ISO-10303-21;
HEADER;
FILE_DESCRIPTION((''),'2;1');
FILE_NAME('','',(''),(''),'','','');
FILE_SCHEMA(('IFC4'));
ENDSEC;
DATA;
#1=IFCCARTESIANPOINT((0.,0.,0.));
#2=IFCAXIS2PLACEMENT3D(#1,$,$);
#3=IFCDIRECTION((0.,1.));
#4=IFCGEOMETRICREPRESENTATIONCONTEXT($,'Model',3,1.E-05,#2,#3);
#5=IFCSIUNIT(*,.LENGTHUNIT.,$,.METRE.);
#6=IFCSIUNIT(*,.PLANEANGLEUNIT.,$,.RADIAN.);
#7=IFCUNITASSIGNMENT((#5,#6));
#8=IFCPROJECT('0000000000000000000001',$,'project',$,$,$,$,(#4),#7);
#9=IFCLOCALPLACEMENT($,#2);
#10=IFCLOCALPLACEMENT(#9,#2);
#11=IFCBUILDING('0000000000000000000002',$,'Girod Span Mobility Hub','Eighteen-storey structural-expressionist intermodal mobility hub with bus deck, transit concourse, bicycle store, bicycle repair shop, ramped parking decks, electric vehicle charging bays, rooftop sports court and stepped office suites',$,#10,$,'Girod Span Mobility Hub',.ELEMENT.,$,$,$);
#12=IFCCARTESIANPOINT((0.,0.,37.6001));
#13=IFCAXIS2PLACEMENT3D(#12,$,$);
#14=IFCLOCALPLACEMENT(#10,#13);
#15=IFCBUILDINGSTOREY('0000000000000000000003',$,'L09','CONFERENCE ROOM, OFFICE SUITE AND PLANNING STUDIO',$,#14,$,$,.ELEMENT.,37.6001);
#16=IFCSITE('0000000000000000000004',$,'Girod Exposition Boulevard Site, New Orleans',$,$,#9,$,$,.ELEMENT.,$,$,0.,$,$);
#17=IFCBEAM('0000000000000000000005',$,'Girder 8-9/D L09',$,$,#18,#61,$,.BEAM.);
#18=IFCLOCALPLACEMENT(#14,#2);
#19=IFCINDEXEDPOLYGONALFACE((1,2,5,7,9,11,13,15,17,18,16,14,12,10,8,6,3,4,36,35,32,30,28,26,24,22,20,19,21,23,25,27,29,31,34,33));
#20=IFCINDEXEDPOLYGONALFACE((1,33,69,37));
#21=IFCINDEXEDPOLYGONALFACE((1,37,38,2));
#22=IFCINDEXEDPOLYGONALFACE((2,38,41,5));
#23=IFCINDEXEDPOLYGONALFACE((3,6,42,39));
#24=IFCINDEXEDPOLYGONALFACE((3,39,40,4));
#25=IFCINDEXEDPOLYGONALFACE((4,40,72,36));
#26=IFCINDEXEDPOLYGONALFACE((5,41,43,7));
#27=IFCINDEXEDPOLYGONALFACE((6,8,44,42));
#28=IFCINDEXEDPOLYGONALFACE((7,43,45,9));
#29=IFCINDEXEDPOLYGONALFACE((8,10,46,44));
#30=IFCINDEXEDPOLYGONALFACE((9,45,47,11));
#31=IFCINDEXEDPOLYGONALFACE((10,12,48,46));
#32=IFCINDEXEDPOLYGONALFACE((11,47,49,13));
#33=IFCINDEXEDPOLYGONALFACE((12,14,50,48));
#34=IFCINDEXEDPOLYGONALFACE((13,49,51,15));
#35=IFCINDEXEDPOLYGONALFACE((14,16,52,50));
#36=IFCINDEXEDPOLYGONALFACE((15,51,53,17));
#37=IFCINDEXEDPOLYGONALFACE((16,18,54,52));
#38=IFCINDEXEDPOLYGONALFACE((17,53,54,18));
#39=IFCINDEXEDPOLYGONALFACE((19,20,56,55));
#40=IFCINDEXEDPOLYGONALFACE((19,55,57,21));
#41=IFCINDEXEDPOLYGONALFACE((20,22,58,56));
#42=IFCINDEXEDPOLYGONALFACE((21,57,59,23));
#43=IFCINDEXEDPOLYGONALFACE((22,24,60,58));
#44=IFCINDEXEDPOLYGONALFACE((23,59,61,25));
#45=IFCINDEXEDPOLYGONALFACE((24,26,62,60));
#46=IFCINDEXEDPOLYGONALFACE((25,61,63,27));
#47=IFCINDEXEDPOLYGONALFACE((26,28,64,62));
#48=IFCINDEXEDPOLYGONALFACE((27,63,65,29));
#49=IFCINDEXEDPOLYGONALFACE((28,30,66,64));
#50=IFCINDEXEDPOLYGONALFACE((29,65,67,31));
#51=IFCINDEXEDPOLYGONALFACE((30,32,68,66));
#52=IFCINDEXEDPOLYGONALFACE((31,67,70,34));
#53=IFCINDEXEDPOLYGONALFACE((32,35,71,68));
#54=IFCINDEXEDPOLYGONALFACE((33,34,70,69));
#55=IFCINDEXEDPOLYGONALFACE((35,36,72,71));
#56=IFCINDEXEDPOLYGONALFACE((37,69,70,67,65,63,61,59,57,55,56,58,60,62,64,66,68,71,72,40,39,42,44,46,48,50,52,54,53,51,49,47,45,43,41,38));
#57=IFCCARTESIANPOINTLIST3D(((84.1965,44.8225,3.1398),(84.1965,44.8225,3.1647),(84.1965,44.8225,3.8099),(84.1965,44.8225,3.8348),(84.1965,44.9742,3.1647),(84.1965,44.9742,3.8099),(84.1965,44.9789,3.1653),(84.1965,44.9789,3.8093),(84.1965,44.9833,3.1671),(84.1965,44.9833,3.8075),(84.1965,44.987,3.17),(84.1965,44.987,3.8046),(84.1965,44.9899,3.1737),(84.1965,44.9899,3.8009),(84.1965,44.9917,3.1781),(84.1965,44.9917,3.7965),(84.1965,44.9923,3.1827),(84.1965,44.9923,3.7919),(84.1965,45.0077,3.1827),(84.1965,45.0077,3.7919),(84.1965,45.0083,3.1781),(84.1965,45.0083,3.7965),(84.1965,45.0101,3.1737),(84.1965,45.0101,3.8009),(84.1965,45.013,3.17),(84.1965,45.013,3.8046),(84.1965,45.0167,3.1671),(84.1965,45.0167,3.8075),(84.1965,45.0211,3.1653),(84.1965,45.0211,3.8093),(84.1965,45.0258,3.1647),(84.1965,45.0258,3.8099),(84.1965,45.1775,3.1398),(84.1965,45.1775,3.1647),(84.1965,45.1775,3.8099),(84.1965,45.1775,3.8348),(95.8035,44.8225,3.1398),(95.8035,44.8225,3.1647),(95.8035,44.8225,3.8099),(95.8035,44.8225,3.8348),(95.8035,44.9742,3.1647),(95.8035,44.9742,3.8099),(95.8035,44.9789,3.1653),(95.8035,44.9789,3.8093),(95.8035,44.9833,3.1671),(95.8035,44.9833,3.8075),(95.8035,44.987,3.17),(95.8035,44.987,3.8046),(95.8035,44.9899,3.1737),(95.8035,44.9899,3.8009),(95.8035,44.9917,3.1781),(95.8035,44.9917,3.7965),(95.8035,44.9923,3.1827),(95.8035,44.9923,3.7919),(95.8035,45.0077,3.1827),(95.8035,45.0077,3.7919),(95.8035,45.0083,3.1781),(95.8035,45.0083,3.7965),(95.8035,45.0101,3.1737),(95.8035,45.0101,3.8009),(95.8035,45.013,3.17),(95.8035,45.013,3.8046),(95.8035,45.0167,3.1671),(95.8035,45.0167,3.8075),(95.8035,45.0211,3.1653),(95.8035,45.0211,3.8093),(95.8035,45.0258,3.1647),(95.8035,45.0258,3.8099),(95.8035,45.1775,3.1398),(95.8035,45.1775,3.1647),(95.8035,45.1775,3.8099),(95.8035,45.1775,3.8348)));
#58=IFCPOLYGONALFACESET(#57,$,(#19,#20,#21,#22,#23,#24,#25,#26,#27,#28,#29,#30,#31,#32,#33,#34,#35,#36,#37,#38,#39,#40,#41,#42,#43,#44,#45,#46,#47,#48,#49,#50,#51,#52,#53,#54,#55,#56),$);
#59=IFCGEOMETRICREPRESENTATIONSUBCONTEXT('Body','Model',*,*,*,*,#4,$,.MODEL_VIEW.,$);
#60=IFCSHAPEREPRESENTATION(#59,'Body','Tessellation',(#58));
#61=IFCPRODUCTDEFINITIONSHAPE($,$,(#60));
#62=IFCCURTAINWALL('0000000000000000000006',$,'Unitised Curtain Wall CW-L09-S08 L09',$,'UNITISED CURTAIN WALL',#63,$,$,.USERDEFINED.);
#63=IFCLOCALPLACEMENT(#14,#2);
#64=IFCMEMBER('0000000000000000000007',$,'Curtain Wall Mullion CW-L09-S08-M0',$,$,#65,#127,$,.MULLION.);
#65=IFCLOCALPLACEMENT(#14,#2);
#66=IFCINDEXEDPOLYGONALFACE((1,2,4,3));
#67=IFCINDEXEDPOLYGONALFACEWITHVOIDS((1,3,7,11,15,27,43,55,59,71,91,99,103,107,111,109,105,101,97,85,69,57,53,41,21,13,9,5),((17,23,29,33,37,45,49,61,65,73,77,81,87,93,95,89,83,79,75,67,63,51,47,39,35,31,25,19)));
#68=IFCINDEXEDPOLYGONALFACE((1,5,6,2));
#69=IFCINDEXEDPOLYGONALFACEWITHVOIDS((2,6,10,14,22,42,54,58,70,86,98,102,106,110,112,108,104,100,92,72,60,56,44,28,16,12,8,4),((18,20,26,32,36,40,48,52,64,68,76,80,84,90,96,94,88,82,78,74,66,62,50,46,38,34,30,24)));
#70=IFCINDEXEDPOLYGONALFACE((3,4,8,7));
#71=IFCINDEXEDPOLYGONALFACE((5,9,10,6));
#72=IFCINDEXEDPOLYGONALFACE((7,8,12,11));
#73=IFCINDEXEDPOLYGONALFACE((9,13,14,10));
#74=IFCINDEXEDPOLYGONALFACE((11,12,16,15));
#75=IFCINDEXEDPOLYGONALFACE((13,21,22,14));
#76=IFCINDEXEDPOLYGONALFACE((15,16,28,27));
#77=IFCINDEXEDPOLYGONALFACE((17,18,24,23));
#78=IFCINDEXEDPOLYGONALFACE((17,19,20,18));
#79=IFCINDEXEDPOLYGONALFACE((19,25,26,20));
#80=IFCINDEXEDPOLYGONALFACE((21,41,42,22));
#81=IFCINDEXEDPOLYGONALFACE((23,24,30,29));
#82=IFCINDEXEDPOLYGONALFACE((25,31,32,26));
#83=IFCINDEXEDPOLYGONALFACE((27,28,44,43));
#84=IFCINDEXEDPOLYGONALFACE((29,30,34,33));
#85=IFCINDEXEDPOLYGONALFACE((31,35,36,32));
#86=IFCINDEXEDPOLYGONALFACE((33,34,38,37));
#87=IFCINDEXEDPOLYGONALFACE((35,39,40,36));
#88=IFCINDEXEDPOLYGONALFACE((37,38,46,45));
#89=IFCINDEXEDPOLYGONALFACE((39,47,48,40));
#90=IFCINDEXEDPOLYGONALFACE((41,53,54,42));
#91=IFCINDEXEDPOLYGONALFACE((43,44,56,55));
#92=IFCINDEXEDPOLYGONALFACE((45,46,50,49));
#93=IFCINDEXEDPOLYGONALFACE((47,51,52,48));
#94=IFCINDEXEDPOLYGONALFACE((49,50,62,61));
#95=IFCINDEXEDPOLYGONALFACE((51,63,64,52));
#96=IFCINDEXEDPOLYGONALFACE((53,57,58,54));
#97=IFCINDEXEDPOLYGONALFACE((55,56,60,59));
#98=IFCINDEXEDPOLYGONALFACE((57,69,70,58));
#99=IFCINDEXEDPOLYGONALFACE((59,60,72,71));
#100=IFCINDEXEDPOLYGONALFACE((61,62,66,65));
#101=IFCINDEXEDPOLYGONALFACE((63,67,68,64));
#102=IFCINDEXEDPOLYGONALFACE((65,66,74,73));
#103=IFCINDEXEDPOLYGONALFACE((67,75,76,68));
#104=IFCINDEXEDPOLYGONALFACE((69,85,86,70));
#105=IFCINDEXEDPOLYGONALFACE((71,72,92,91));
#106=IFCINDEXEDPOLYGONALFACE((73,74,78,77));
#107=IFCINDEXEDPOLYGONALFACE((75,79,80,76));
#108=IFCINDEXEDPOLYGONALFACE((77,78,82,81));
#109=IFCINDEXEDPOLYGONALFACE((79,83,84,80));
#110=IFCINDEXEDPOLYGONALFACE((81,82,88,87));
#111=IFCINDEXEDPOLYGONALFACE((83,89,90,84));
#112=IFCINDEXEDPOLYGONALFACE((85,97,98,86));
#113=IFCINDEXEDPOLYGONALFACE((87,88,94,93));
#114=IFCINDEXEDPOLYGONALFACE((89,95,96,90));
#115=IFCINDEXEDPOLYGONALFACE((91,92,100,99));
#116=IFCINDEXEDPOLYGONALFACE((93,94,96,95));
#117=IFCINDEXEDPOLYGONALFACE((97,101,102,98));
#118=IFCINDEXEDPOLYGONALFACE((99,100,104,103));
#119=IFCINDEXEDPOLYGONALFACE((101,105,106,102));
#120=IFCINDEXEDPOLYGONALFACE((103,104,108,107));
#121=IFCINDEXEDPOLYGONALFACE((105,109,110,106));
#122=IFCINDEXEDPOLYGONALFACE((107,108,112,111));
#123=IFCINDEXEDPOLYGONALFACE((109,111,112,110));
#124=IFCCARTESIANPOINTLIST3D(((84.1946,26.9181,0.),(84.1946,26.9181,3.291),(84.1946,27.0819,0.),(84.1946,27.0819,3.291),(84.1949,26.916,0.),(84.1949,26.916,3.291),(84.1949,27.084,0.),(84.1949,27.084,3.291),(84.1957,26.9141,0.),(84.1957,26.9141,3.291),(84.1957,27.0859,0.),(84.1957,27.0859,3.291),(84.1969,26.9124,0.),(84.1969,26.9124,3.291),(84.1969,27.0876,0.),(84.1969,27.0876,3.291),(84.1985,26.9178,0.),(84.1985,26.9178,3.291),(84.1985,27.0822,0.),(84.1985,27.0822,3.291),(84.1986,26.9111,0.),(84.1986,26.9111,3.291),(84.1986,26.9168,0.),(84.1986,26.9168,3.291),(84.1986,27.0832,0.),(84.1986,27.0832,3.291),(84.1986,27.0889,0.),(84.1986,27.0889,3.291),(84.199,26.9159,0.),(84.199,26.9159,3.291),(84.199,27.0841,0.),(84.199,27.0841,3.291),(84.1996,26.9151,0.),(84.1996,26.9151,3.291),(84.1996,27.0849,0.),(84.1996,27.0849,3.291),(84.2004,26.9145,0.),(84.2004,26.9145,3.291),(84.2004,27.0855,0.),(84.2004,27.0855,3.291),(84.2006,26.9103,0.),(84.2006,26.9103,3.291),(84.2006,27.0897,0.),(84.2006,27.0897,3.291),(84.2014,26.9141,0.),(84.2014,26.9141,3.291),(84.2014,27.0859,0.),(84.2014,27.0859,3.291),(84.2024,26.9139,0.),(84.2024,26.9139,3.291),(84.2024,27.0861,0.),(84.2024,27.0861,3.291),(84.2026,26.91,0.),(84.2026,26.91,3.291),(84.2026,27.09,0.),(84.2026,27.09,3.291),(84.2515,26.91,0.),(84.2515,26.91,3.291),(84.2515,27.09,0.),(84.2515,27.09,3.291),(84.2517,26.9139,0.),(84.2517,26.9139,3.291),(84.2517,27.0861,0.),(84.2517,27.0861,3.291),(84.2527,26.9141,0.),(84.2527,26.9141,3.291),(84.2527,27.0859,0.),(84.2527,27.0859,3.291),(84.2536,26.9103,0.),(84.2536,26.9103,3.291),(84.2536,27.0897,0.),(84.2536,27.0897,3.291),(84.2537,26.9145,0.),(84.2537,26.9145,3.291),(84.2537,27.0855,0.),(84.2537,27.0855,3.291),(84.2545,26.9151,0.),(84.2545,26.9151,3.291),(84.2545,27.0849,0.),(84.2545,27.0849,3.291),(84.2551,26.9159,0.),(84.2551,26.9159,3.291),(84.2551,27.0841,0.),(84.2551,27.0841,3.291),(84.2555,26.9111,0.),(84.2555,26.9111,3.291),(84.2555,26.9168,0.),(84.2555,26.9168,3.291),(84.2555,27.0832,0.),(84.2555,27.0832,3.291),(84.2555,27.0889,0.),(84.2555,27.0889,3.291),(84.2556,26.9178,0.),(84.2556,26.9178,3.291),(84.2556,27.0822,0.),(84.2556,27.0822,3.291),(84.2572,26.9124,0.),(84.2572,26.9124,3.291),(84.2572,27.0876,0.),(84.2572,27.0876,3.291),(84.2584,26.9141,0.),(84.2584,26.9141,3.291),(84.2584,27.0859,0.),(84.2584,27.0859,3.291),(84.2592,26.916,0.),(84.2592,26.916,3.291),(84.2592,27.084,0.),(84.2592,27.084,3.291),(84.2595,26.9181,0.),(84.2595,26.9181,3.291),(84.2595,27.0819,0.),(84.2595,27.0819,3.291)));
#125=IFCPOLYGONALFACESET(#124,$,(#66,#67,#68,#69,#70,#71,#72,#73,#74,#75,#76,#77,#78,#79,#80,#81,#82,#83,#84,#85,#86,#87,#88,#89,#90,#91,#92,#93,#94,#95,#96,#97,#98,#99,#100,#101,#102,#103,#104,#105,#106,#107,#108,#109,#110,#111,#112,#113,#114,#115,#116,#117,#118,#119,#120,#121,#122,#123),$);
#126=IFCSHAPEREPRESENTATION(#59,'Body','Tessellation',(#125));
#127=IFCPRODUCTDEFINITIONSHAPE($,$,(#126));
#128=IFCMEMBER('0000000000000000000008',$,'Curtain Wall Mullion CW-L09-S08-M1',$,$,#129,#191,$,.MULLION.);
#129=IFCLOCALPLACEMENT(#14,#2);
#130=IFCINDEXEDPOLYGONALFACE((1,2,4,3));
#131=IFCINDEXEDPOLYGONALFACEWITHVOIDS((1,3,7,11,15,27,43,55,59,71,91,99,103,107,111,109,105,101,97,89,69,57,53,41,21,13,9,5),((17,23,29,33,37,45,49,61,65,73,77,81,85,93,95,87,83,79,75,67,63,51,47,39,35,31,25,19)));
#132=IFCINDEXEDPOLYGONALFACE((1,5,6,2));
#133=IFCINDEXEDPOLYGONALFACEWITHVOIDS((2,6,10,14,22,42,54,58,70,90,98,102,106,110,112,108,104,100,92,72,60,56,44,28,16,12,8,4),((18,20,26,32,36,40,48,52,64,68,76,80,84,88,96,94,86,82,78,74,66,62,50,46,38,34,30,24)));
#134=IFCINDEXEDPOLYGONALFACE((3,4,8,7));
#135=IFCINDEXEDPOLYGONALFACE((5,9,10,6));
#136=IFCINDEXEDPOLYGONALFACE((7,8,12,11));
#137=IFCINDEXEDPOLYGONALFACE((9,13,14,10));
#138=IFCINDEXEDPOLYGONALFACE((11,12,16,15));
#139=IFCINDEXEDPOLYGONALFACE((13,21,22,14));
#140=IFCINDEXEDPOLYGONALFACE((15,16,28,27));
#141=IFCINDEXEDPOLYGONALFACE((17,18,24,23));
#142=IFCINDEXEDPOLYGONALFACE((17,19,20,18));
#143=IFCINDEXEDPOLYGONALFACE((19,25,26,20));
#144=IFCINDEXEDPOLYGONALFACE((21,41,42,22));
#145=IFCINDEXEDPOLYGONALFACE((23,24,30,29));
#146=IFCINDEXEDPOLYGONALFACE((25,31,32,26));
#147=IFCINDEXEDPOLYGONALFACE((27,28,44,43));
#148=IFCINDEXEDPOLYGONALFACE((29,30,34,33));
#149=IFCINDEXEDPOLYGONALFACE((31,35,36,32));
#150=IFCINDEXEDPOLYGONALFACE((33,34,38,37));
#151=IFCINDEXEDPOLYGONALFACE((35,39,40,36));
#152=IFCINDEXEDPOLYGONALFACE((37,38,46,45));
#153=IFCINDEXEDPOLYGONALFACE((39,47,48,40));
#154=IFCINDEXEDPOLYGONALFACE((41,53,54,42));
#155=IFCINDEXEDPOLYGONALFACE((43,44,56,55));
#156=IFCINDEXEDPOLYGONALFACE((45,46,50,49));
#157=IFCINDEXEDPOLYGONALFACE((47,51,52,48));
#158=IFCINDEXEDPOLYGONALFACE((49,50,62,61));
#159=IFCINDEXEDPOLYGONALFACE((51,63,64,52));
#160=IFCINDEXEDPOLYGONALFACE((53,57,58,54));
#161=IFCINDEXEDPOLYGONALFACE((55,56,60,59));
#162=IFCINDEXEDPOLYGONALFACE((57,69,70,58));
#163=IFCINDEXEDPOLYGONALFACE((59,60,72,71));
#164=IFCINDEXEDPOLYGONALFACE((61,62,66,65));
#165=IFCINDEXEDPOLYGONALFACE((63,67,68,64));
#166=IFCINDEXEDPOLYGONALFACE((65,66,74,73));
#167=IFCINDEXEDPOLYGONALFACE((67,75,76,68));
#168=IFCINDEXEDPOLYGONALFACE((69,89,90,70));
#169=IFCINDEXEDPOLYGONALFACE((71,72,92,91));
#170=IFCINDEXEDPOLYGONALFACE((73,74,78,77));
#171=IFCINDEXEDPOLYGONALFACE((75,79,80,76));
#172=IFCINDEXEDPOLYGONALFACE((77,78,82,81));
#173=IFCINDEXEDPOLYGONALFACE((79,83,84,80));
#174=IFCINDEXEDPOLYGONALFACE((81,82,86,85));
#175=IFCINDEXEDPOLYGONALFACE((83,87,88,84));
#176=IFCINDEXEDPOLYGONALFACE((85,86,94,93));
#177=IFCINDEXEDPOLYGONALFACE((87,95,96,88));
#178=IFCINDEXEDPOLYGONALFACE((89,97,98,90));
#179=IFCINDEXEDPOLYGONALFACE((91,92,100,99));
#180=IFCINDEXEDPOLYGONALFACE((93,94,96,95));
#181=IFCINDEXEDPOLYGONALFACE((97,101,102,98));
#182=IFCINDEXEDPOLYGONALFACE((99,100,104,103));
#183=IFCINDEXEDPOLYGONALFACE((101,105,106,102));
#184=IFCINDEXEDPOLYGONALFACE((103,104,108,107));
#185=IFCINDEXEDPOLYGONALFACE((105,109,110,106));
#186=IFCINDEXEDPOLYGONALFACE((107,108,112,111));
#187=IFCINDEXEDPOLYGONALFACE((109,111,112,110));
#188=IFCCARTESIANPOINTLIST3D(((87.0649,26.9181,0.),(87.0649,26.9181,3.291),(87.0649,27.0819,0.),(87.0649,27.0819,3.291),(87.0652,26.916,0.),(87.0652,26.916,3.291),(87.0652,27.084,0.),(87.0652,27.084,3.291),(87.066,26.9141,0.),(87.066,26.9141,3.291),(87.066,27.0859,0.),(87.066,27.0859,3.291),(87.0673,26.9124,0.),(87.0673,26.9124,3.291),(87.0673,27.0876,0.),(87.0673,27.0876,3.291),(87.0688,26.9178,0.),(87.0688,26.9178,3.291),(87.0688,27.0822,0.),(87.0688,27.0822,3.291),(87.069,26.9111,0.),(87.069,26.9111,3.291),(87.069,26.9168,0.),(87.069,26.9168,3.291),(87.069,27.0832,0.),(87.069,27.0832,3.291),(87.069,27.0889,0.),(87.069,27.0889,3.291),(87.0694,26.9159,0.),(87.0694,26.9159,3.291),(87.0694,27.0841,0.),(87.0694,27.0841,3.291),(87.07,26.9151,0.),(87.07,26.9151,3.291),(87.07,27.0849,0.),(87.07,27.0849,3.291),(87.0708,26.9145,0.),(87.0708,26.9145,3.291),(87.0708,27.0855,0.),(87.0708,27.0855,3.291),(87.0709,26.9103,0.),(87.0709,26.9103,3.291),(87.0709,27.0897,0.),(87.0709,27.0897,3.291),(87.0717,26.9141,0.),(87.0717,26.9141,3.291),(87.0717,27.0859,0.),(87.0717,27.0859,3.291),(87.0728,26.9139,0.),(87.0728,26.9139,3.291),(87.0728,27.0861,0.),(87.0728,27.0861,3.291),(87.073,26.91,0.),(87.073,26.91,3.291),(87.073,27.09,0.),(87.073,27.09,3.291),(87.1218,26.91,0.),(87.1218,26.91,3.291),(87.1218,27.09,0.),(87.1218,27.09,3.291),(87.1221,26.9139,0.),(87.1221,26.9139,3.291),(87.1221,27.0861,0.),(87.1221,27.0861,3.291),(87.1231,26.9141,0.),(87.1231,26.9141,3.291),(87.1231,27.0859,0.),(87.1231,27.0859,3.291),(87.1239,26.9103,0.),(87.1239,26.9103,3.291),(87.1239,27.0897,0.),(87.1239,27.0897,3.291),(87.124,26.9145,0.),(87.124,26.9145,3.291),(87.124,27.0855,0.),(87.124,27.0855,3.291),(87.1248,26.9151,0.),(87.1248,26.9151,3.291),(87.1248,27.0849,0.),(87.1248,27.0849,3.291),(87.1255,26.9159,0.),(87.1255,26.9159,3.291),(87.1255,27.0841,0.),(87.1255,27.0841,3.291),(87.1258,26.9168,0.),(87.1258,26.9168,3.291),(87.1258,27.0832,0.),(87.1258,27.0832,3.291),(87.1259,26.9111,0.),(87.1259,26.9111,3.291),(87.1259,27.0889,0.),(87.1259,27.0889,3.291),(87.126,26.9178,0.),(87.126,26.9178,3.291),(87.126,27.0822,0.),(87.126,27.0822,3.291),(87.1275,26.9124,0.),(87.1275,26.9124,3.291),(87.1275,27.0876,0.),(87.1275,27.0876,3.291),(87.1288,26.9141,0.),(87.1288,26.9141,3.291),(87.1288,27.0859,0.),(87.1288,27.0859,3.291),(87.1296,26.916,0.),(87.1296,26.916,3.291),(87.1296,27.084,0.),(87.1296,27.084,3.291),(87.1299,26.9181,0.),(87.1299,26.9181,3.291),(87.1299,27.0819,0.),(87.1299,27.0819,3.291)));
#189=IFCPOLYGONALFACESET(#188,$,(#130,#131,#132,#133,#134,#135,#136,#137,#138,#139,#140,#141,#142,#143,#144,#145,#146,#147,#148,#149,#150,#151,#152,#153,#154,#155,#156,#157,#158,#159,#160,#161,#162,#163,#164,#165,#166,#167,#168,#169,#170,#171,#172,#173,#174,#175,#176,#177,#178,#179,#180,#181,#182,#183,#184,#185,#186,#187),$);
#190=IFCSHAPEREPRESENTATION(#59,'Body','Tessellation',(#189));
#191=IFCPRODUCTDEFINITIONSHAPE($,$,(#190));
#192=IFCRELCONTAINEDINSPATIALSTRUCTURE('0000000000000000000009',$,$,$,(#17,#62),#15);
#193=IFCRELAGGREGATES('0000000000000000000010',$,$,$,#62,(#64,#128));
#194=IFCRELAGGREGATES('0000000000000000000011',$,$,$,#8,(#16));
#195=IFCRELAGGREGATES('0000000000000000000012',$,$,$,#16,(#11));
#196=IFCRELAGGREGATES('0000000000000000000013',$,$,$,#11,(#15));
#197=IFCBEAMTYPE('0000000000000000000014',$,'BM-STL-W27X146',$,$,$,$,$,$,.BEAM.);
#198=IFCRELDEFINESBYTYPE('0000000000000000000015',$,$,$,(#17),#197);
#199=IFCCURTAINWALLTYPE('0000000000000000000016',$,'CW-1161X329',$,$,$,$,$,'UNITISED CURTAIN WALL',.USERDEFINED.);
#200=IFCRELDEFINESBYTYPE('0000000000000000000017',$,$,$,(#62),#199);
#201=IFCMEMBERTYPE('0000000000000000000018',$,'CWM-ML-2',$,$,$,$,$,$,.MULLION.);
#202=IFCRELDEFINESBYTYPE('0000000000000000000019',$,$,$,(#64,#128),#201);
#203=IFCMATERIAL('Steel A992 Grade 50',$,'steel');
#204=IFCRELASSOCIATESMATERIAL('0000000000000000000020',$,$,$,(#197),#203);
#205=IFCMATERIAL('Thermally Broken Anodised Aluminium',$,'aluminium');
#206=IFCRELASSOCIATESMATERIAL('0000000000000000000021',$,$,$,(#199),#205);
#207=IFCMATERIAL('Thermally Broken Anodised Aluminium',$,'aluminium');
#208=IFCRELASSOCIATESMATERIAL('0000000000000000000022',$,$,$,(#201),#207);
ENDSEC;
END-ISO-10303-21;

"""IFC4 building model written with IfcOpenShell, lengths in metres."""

from ifc_helpers import new_model, si_unit, direction, frame, origin, origin_2d, place, context, subcontext, project, spatial, hollow_rectangle, i_section, extrude, material, material_profile, profile_set, type_object, element, aggregate, save


model = new_model("IFC4")

# Units and contexts
model_context = context("Model", 3, precision=1e-05, world=origin(), true_north=direction((0.0, 1.0)))
body_context = subcontext(model_context, "Body", "Model", "MODEL_VIEW")
ifc_project = project(units=[si_unit("LENGTHUNIT", "METRE"), si_unit("PLANEANGLEUNIT", "RADIAN")], contexts=[model_context])

# Site, building, storey
site_placement = place(None, origin())
site = spatial("IfcSite", under=ifc_project, at=site_placement, Name="Girod Exposition Boulevard Site, New Orleans", CompositionType="ELEMENT", RefElevation=0.0)
building_placement = place(site_placement, origin())
building = spatial("IfcBuilding", under=site, at=building_placement, Name="Girod Span Mobility Hub", Description="Eighteen-storey structural-expressionist intermodal mobility hub with bus deck, transit concourse, bicycle store, bicycle repair shop, ramped parking decks, electric vehicle charging bays, rooftop sports court and stepped office suites", LongName="Girod Span Mobility Hub", CompositionType="ELEMENT")
storey_placement = place(building_placement, frame((0.0, 0.0, 37.6001)))
storey = spatial("IfcBuildingStorey", under=building, at=storey_placement, Name="L09", Description="CONFERENCE ROOM, OFFICE SUITE AND PLANNING STUDIO", CompositionType="ELEMENT", Elevation=37.6001)

# Beam
ifc_material_1 = material(Name="Steel A992 Grade 50", Category="steel")
ifc_material_profile_1 = material_profile(ifc_material_1, i_section(OverallWidth=0.355, OverallDepth=0.6951, WebThickness=0.0154, FlangeThickness=0.0249, FilletRadius=0.0181, at=origin_2d()), Name="W27X146")
ifc_profile_set_1 = profile_set([ifc_material_profile_1], Name="Steel A992 Grade 50")
beam_type_1 = type_object("IfcBeamType", Name="BM-STL-W27X146", PredefinedType="BEAM", material=ifc_profile_set_1)
beam_1_placement = place(storey_placement, frame((84.1965, 45.0, 3.4873), z_axis=(1.0, 0.0, 0.0), x_axis=(0.0, 1.0, 0.0)))
element("IfcBeam", 1, at=beam_1_placement, inside=storey, type_object=beam_type_1, Name="Girder 8-9/D L09", PredefinedType="BEAM", context=body_context, shape_type="SweptSolid", body=[
    extrude(i_section(OverallWidth=0.355, OverallDepth=0.6951, WebThickness=0.0154, FlangeThickness=0.0249, FilletRadius=0.0181, at=origin_2d()), origin(), (0.0, 0.0, 1.0), 11.6069),
])

# Curtain wall, members
ifc_material_2 = material(Name="Thermally Broken Anodised Aluminium", Category="aluminium")
curtain_wall_type = type_object("IfcCurtainWallType", Name="CW-1161X329", ElementType="UNITISED CURTAIN WALL", PredefinedType="USERDEFINED", material=ifc_material_2)
curtain_wall_placement = place(storey_placement, origin())
curtain_wall = element("IfcCurtainWall", 2, at=curtain_wall_placement, inside=storey, type_object=curtain_wall_type, Name="Unitised Curtain Wall CW-L09-S08 L09", ObjectType="UNITISED CURTAIN WALL", PredefinedType="USERDEFINED")
ifc_material_3 = material(Name="Thermally Broken Anodised Aluminium", Category="aluminium")
ifc_material_profile_2 = material_profile(ifc_material_3, hollow_rectangle(XDim=0.1799, YDim=0.0649, WallThickness=0.0039, InnerFilletRadius=0.0039, OuterFilletRadius=0.0081, at=origin_2d()), Name="CW-ML-65X180")
ifc_profile_set_2 = profile_set([ifc_material_profile_2], Name="Thermally Broken Anodised Aluminium")
member_type_1 = type_object("IfcMemberType", Name="CWM-ML-2", PredefinedType="MULLION", material=ifc_profile_set_2)
member_1_placement = place(storey_placement, frame((84.2271, 27.0, 0.0), z_axis=(0.0, 0.0, 1.0), x_axis=(0.0, 1.0, 0.0)))
member_1 = element("IfcMember", 3, at=member_1_placement, type_object=member_type_1, Name="Curtain Wall Mullion CW-L09-S08-M0", PredefinedType="MULLION", context=body_context, shape_type="SweptSolid", body=[
    extrude(hollow_rectangle(XDim=0.1799, YDim=0.0649, WallThickness=0.0039, InnerFilletRadius=0.0039, OuterFilletRadius=0.0081, at=origin_2d()), origin(), (0.0, 0.0, 1.0), 3.291),
])
member_2_placement = place(storey_placement, frame((87.0974, 27.0, 0.0), z_axis=(0.0, 0.0, 1.0), x_axis=(0.0, 1.0, 0.0)))
member_2 = element("IfcMember", 4, at=member_2_placement, type_object=member_type_1, Name="Curtain Wall Mullion CW-L09-S08-M1", PredefinedType="MULLION", context=body_context, shape_type="SweptSolid", body=[
    extrude(hollow_rectangle(XDim=0.1799, YDim=0.0649, WallThickness=0.0039, InnerFilletRadius=0.0039, OuterFilletRadius=0.0081, at=origin_2d()), origin(), (0.0, 0.0, 1.0), 3.291),
])

aggregate(curtain_wall, [member_1, member_2])

save(model, "model.ifc")
